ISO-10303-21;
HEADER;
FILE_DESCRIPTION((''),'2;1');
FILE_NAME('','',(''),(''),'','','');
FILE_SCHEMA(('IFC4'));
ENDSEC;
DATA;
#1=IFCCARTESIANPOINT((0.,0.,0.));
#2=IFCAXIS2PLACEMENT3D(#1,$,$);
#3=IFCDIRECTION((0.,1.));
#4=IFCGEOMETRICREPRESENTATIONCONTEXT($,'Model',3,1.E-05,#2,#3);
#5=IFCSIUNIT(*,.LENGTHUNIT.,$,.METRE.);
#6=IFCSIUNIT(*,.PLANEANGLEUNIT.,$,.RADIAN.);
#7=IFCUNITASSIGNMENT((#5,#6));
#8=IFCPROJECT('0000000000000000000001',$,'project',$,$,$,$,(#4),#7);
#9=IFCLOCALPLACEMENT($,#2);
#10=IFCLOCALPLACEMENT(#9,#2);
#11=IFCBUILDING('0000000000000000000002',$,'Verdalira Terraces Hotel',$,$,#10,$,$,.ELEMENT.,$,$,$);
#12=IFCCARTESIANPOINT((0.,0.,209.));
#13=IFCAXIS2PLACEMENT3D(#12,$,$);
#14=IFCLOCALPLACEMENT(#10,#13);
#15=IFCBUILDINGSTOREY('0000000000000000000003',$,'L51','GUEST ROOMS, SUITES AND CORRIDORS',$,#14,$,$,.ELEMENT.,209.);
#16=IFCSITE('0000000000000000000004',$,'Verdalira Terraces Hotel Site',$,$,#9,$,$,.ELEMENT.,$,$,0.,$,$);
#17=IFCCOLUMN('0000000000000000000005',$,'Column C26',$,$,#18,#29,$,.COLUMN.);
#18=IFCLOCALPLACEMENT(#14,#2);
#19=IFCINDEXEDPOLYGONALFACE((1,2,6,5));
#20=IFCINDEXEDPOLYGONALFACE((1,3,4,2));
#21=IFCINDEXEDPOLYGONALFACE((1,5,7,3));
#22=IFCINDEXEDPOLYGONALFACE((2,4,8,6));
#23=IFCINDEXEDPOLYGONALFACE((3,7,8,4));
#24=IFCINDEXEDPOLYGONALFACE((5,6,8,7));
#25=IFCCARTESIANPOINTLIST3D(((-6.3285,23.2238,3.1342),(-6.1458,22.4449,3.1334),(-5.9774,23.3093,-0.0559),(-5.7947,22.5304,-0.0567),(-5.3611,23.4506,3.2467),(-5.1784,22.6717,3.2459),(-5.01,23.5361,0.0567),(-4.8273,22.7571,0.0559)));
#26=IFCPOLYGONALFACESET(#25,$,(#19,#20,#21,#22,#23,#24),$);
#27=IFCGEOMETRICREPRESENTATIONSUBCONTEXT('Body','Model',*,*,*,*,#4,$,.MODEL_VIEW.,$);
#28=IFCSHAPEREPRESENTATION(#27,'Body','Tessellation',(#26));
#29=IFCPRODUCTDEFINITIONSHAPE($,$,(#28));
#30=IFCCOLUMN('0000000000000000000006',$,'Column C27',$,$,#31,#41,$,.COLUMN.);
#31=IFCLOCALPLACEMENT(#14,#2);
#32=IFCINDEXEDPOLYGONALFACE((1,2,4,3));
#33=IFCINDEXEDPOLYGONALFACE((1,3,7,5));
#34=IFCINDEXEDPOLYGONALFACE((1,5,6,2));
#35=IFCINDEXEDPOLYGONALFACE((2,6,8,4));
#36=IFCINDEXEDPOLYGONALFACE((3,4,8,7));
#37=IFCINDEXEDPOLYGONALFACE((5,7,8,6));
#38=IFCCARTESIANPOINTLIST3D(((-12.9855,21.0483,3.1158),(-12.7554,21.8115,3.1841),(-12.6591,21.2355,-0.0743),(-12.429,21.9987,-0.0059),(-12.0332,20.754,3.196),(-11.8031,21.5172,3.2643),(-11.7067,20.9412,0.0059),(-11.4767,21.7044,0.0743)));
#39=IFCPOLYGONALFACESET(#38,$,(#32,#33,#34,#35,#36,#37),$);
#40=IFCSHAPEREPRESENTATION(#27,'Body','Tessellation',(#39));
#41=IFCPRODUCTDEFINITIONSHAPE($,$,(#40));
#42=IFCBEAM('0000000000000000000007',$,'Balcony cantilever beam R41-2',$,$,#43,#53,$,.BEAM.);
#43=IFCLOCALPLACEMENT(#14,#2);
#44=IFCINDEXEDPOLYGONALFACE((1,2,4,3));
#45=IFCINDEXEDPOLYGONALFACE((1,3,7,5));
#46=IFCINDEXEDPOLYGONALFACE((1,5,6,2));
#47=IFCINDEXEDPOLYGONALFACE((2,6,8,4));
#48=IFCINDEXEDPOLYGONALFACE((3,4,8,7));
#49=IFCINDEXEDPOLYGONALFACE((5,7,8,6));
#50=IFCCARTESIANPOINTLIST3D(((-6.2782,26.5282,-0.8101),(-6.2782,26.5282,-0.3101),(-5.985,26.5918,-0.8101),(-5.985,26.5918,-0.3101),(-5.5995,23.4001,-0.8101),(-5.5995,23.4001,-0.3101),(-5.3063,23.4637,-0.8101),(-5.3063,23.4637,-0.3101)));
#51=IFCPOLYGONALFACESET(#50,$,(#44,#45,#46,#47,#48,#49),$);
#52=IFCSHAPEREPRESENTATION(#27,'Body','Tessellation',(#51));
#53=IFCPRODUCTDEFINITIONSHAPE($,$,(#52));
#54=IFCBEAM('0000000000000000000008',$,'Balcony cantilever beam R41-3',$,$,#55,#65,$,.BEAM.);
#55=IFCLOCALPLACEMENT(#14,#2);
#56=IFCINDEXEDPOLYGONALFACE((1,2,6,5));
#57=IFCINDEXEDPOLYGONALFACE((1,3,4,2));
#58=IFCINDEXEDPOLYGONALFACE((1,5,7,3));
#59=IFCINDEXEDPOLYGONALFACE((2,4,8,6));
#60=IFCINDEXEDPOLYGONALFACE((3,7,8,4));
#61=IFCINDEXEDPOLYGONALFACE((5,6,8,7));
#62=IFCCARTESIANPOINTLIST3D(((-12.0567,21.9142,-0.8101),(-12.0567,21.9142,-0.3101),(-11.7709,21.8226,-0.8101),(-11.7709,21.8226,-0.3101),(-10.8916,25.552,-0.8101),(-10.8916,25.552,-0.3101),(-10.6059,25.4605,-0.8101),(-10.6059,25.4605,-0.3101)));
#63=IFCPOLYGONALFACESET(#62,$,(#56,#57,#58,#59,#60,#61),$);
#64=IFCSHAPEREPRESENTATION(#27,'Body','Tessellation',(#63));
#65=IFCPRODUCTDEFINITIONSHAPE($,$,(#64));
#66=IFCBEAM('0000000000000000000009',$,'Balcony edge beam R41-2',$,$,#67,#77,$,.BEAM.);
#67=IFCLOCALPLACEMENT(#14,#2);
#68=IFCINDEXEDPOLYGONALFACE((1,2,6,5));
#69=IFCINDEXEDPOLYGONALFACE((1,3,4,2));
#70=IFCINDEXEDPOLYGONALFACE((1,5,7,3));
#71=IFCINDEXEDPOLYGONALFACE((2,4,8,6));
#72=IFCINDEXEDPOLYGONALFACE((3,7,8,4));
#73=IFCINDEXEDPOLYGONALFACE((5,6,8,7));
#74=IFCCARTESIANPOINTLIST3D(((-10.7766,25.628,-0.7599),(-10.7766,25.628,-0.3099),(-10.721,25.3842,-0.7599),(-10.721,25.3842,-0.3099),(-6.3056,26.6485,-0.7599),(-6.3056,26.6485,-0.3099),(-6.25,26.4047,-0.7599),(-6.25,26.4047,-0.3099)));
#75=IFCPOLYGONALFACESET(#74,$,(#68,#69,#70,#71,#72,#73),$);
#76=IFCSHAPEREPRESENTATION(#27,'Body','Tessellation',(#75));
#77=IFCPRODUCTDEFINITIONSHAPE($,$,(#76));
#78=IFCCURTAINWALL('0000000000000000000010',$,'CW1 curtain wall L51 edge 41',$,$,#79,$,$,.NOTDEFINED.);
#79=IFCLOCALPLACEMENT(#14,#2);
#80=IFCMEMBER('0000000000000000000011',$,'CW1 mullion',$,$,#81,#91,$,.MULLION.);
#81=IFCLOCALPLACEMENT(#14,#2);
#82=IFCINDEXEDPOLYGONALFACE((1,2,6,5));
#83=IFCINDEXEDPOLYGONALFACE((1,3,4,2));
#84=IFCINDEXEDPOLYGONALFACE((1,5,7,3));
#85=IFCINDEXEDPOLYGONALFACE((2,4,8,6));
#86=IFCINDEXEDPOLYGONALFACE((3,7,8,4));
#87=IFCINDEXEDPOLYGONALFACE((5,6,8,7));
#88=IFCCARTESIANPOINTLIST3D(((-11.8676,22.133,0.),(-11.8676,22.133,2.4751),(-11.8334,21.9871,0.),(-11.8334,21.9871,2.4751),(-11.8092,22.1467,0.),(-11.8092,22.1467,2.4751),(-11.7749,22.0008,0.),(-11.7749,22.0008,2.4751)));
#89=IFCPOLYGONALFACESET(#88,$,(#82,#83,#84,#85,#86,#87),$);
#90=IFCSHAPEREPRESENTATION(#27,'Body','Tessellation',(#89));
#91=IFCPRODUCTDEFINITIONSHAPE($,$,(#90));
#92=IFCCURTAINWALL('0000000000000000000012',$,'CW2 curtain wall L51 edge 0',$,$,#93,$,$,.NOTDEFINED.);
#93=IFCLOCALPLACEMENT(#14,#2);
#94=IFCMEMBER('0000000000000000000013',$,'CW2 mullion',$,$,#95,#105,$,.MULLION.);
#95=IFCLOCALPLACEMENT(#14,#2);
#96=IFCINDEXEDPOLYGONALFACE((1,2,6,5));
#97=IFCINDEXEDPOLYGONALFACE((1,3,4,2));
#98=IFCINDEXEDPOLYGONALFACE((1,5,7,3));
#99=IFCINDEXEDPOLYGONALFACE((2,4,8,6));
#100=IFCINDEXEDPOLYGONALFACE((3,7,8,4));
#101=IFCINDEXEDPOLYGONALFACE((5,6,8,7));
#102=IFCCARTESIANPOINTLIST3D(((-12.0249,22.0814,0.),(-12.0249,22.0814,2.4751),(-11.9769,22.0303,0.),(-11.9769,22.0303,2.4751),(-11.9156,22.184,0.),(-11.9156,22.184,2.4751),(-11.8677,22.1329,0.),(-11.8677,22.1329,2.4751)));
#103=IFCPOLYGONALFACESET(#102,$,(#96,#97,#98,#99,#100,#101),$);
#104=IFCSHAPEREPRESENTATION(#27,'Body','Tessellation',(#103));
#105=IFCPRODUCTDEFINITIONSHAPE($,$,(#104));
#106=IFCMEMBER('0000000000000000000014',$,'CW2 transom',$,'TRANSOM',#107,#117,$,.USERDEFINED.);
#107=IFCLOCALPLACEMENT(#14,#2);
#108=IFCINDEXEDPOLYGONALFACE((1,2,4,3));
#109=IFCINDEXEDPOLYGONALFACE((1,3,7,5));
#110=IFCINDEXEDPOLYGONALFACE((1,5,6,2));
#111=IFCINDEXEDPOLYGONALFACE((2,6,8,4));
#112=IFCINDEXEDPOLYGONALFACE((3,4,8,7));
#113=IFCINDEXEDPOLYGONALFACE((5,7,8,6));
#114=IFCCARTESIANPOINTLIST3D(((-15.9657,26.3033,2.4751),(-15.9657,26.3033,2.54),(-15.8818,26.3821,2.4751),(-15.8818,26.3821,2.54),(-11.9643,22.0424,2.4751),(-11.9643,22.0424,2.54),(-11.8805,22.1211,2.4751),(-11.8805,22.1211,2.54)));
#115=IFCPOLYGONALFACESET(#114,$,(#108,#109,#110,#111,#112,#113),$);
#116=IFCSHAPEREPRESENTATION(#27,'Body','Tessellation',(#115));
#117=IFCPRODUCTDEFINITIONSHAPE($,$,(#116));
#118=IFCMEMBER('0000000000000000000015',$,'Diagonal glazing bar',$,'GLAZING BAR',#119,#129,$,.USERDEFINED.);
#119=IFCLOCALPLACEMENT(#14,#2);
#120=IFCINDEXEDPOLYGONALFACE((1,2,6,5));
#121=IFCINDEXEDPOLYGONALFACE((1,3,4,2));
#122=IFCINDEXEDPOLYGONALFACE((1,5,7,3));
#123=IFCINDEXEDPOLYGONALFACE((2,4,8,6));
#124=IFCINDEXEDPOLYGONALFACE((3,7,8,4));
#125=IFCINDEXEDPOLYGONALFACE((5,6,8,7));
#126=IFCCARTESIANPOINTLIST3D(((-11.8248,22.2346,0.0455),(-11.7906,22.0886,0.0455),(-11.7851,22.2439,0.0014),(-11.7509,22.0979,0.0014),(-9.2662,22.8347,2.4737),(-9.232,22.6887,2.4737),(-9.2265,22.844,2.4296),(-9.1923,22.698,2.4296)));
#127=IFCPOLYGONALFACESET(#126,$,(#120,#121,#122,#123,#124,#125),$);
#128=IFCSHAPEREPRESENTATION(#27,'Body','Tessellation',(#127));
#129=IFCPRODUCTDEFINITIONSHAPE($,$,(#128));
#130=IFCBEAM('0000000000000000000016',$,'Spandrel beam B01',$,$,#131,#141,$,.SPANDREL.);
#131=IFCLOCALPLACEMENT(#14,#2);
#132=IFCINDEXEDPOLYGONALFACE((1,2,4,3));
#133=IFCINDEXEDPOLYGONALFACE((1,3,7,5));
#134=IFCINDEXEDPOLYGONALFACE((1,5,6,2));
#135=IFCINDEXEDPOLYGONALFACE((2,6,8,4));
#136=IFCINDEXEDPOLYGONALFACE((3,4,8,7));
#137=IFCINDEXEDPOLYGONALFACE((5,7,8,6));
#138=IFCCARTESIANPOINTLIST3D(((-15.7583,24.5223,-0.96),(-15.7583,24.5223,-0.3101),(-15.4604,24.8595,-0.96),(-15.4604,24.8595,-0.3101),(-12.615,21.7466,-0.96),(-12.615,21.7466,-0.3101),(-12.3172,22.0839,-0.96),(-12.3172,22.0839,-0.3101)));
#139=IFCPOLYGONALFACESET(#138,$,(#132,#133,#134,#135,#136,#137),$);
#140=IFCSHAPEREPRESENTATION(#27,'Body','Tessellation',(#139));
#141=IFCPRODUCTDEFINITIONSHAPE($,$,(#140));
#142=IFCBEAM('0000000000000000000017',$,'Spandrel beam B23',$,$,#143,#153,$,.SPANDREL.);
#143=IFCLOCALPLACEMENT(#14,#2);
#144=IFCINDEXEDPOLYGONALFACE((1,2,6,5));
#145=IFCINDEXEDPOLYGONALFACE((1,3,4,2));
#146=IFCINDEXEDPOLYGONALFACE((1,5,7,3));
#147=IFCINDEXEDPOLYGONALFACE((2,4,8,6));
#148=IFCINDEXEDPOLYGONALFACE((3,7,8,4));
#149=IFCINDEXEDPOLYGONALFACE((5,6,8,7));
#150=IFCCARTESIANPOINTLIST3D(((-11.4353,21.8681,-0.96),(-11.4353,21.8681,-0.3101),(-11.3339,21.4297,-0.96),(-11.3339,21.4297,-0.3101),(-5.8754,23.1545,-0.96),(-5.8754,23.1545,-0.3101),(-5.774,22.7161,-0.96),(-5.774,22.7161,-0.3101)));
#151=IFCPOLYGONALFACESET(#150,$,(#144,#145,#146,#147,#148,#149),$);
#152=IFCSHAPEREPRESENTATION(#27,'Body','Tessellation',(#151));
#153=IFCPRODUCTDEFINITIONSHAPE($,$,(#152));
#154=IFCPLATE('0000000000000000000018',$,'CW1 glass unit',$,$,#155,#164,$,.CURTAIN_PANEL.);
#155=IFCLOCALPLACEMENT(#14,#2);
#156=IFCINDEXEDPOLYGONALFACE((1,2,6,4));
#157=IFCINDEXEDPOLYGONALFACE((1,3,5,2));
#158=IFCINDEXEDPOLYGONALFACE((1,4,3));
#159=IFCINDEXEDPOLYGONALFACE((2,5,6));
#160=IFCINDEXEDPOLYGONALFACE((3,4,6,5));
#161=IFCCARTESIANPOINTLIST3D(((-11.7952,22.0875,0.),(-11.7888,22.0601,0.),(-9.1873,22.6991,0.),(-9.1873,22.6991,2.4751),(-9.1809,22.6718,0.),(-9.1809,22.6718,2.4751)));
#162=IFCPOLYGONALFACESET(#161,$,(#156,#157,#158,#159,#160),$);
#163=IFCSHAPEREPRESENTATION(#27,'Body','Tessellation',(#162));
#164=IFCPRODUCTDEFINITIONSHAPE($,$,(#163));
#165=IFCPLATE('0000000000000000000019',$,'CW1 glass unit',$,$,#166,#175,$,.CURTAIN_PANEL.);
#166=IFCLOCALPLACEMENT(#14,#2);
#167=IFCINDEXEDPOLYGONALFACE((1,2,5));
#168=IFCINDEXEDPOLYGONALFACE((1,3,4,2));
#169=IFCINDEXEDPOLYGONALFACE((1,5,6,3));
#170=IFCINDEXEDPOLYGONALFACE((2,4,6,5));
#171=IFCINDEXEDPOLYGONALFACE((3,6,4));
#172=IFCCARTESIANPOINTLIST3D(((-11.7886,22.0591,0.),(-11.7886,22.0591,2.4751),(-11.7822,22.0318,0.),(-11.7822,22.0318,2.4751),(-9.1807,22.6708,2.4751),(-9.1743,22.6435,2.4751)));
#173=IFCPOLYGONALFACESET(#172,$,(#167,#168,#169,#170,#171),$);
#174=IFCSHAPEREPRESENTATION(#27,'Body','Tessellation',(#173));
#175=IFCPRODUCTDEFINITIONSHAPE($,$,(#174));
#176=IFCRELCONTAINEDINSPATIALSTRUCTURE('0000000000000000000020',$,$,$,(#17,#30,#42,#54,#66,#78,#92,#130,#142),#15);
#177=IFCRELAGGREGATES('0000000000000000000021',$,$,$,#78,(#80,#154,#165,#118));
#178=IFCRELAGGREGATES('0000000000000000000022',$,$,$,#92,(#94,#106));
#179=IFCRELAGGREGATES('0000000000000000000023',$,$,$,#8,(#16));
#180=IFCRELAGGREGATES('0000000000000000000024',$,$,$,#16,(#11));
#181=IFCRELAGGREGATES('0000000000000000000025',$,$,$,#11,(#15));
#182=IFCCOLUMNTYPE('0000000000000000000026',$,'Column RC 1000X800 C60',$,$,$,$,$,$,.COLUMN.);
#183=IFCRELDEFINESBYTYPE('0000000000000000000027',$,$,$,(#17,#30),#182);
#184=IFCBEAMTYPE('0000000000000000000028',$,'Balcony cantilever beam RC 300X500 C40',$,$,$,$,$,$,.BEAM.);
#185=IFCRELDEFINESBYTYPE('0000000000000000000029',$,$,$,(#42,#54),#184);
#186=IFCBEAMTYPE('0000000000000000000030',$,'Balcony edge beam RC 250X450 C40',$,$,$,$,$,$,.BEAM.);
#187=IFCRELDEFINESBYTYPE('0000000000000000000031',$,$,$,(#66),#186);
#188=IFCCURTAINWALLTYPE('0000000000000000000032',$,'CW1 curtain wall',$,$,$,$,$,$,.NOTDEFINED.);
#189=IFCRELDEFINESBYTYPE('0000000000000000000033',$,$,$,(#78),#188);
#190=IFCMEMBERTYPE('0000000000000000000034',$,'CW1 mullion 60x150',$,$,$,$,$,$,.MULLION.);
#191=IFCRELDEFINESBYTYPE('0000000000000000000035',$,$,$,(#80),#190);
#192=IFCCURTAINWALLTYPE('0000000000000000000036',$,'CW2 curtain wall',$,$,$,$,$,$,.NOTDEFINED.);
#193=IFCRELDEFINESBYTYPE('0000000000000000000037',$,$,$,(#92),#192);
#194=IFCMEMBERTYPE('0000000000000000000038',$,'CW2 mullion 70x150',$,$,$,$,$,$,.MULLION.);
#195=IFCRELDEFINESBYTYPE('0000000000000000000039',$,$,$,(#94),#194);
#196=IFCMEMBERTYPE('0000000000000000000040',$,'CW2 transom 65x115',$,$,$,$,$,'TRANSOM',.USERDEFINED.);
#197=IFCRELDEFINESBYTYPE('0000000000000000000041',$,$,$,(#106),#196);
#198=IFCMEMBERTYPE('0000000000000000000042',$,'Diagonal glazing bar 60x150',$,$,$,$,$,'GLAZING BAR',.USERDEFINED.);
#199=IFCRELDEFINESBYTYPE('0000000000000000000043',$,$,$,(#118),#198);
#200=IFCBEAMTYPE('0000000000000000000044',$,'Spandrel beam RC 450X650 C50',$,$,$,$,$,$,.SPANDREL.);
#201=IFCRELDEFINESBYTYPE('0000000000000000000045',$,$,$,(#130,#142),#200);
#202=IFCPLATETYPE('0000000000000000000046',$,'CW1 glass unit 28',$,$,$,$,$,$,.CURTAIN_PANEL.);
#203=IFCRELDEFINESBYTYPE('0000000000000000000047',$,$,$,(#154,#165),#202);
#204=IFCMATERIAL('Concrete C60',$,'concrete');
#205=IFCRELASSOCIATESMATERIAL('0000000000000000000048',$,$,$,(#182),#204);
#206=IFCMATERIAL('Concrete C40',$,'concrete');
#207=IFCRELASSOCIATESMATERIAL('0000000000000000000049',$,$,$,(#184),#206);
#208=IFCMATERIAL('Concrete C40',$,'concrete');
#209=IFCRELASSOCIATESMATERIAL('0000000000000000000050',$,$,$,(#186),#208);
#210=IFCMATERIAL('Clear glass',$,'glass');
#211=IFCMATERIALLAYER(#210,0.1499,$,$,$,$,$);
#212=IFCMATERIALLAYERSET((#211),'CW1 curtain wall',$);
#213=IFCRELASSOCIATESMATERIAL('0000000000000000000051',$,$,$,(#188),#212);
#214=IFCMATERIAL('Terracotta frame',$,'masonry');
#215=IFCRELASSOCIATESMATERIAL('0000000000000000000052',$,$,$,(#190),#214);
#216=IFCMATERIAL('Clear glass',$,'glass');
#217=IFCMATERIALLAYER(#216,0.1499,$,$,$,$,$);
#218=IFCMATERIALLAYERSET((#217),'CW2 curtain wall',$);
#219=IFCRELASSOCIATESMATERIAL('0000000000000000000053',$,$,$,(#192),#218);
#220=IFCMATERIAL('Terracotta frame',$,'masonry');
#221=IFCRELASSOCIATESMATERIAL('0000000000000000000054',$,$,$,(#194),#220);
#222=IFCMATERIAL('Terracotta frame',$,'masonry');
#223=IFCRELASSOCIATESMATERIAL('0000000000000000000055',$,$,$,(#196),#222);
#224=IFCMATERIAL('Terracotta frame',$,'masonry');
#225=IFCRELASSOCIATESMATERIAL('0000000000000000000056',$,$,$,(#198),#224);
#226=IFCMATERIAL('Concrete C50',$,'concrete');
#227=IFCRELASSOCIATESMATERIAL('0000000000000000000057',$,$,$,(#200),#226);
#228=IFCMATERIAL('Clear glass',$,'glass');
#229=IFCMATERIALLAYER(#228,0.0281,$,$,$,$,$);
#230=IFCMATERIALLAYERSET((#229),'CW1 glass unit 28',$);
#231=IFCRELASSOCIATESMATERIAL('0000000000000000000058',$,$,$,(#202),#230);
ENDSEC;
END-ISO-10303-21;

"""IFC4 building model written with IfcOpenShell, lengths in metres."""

from ifc_helpers import new_model, si_unit, direction, frame, origin, origin_2d, place, context, subcontext, project, spatial, polyline, rectangle, outline, extrude, material, layer, layer_set, material_profile, profile_set, type_object, element, aggregate, save


model = new_model("IFC4")

# Units and contexts
model_context = context("Model", 3, precision=1e-05, world=origin(), true_north=direction((0.0, 1.0)))
body_context = subcontext(model_context, "Body", "Model", "MODEL_VIEW")
ifc_project = project(units=[si_unit("LENGTHUNIT", "METRE"), si_unit("PLANEANGLEUNIT", "RADIAN")], contexts=[model_context])

# Site, building, storey
site_placement = place(None, origin())
site = spatial("IfcSite", under=ifc_project, at=site_placement, Name="Verdalira Terraces Hotel Site", CompositionType="ELEMENT", RefElevation=0.0)
building_placement = place(site_placement, origin())
building = spatial("IfcBuilding", under=site, at=building_placement, Name="Verdalira Terraces Hotel", CompositionType="ELEMENT")
storey_placement = place(building_placement, frame((0.0, 0.0, 209.0)))
storey = spatial("IfcBuildingStorey", under=building, at=storey_placement, Name="L51", Description="GUEST ROOMS, SUITES AND CORRIDORS", CompositionType="ELEMENT", Elevation=209.0)

# Columns
ifc_material_1 = material(Name="Concrete C60", Category="concrete")
ifc_material_profile_1 = material_profile(ifc_material_1, rectangle(XDim=1.0, YDim=0.8, at=origin_2d()), Name="RC 1000X800")
ifc_profile_set_1 = profile_set([ifc_material_profile_1], Name="Concrete C60")
column_type = type_object("IfcColumnType", Name="Column RC 1000X800 C60", PredefinedType="COLUMN", material=ifc_profile_set_1)
column_1_placement = place(storey_placement, frame((-5.4023, 23.0332, 0.0), z_axis=(-0.109357, -0.026617, 0.993646), x_axis=(-0.96742, -0.226786, -0.112546)))
element("IfcColumn", 1, at=column_1_placement, inside=storey, type_object=column_type, Name="Column C26", PredefinedType="COLUMN", context=body_context, shape_type="SweptSolid", body=[
    extrude(rectangle(XDim=1.0, YDim=0.8, at=origin_2d()), origin(), (0.0, 0.0, 1.0), 3.2104),
])
column_2_placement = place(storey_placement, frame((-12.0679, 21.47, 0.0), z_axis=(-0.101622, -0.058298, 0.993113), x_axis=(0.952342, -0.294306, 0.080174)))
element("IfcColumn", 2, at=column_2_placement, inside=storey, type_object=column_type, Name="Column C27", PredefinedType="COLUMN", context=body_context, shape_type="SweptSolid", body=[
    extrude(rectangle(XDim=1.0, YDim=0.8, at=origin_2d()), origin(), (0.0, 0.0, 1.0), 3.2122),
])

# Beams
ifc_material_2 = material(Name="Concrete C40", Category="concrete")
ifc_material_profile_2 = material_profile(ifc_material_2, rectangle(XDim=0.3, YDim=0.5, at=origin_2d()), Name="RC 300X500")
ifc_profile_set_2 = profile_set([ifc_material_profile_2], Name="Concrete C40")
beam_type_1 = type_object("IfcBeamType", Name="Balcony cantilever beam RC 300X500 C40", PredefinedType="BEAM", material=ifc_profile_set_2)
beam_1_placement = place(storey_placement, frame((-5.4529, 23.4319, -0.5601), z_axis=(-0.212034, 0.977262, 0.0), x_axis=(-0.977262, -0.212034, 0.0)))
element("IfcBeam", 3, at=beam_1_placement, inside=storey, type_object=beam_type_1, Name="Balcony cantilever beam R41-2", PredefinedType="BEAM", context=body_context, shape_type="SweptSolid", body=[
    extrude(rectangle(XDim=0.3, YDim=0.5, at=origin_2d()), origin(), (0.0, 0.0, 1.0), 3.2009),
])
beam_2_placement = place(storey_placement, frame((-11.9138, 21.8684, -0.5601), z_axis=(0.305008, 0.95235, 0.0), x_axis=(-0.95235, 0.305008, 0.0)))
element("IfcBeam", 4, at=beam_2_placement, inside=storey, type_object=beam_type_1, Name="Balcony cantilever beam R41-3", PredefinedType="BEAM", context=body_context, shape_type="SweptSolid", body=[
    extrude(rectangle(XDim=0.3, YDim=0.5, at=origin_2d()), origin(), (0.0, 0.0, 1.0), 3.8198),
])
ifc_material_3 = material(Name="Concrete C40", Category="concrete")
ifc_material_profile_3 = material_profile(ifc_material_3, rectangle(XDim=0.25, YDim=0.45, at=origin_2d()), Name="RC 250X450")
ifc_profile_set_3 = profile_set([ifc_material_profile_3], Name="Concrete C40")
beam_type_2 = type_object("IfcBeamType", Name="Balcony edge beam RC 250X450 C40", PredefinedType="BEAM", material=ifc_profile_set_3)
beam_3_placement = place(storey_placement, frame((-6.2778, 26.5266, -0.5349), z_axis=(-0.974926, -0.22253, 0.0), x_axis=(0.22253, -0.974926, 0.0)))
element("IfcBeam", 5, at=beam_3_placement, inside=storey, type_object=beam_type_2, Name="Balcony edge beam R41-2", PredefinedType="BEAM", context=body_context, shape_type="SweptSolid", body=[
    extrude(rectangle(XDim=0.25, YDim=0.45, at=origin_2d()), origin(), (0.0, 0.0, 1.0), 4.5859),
])

# Curtain wall, member
ifc_material_4 = material(Name="Clear glass", Category="glass")
ifc_layer_1 = layer(ifc_material_4, 0.1499)
ifc_layer_set_1 = layer_set([ifc_layer_1], Name="CW1 curtain wall")
curtain_wall_type_1 = type_object("IfcCurtainWallType", Name="CW1 curtain wall", PredefinedType="NOTDEFINED", material=ifc_layer_set_1)
curtain_wall_1_placement = place(storey_placement, origin())
curtain_wall_1 = element("IfcCurtainWall", 6, at=curtain_wall_1_placement, inside=storey, type_object=curtain_wall_type_1, Name="CW1 curtain wall L51 edge 41", PredefinedType="NOTDEFINED")
ifc_material_5 = material(Name="Terracotta frame", Category="masonry")
ifc_material_profile_4 = material_profile(ifc_material_5, rectangle(XDim=0.0601, YDim=0.1499, at=origin_2d()), Name="MU 60x150")
ifc_profile_set_4 = profile_set([ifc_material_profile_4], Name="Terracotta frame")
member_type_1 = type_object("IfcMemberType", Name="CW1 mullion 60x150", PredefinedType="MULLION", material=ifc_profile_set_4)
member_1_placement = place(storey_placement, frame((-11.8213, 22.0669, 0.0), z_axis=(0.0, 0.0, 1.0), x_axis=(-0.973579, -0.228351, 0.0)))
member_1 = element("IfcMember", 7, at=member_1_placement, type_object=member_type_1, Name="CW1 mullion", PredefinedType="MULLION", context=body_context, shape_type="SweptSolid", body=[
    extrude(rectangle(XDim=0.0601, YDim=0.1499, at=origin_2d()), origin(), (0.0, 0.0, 1.0), 2.4751),
])

# Curtain wall, members
ifc_material_6 = material(Name="Clear glass", Category="glass")
ifc_layer_2 = layer(ifc_material_6, 0.1499)
ifc_layer_set_2 = layer_set([ifc_layer_2], Name="CW2 curtain wall")
curtain_wall_type_2 = type_object("IfcCurtainWallType", Name="CW2 curtain wall", PredefinedType="NOTDEFINED", material=ifc_layer_set_2)
curtain_wall_2_placement = place(storey_placement, origin())
curtain_wall_2 = element("IfcCurtainWall", 8, at=curtain_wall_2_placement, inside=storey, type_object=curtain_wall_type_2, Name="CW2 curtain wall L51 edge 0", PredefinedType="NOTDEFINED")
ifc_material_7 = material(Name="Terracotta frame", Category="masonry")
ifc_material_profile_5 = material_profile(ifc_material_7, rectangle(XDim=0.0701, YDim=0.1499, at=origin_2d()), Name="MU 70x150")
ifc_profile_set_5 = profile_set([ifc_material_profile_5], Name="Terracotta frame")
member_type_2 = type_object("IfcMemberType", Name="CW2 mullion 70x150", PredefinedType="MULLION", material=ifc_profile_set_5)
member_2_placement = place(storey_placement, frame((-11.9463, 22.1072, 0.0), z_axis=(0.0, 0.0, 1.0), x_axis=(-0.684547, 0.728969, 0.0)))
member_2 = element("IfcMember", 9, at=member_2_placement, type_object=member_type_2, Name="CW2 mullion", PredefinedType="MULLION", context=body_context, shape_type="SweptSolid", body=[
    extrude(rectangle(XDim=0.0701, YDim=0.1499, at=origin_2d()), origin(), (0.0, 0.0, 1.0), 2.4751),
])
ifc_material_8 = material(Name="Terracotta frame", Category="masonry")
ifc_material_profile_6 = material_profile(ifc_material_8, rectangle(XDim=0.115, YDim=0.0649, at=origin_2d()), Name="TR 65x115")
ifc_profile_set_6 = profile_set([ifc_material_profile_6], Name="Terracotta frame")
member_type_3 = type_object("IfcMemberType", Name="CW2 transom 65x115", ElementType="TRANSOM", PredefinedType="USERDEFINED", material=ifc_profile_set_6)
member_3_placement = place(storey_placement, frame((-11.9224, 22.0818, 2.5076), z_axis=(-0.684559, 0.728957, 0.0), x_axis=(-0.728957, -0.684559, 0.0)))
member_3 = element("IfcMember", 10, at=member_3_placement, type_object=member_type_3, Name="CW2 transom", ObjectType="TRANSOM", PredefinedType="USERDEFINED", context=body_context, shape_type="SweptSolid", body=[
    extrude(rectangle(XDim=0.115, YDim=0.0649, at=origin_2d()), origin(), (0.0, 0.0, 1.0), 5.8452),
])

# Member
ifc_material_9 = material(Name="Terracotta frame", Category="masonry")
ifc_material_profile_7 = material_profile(ifc_material_9, rectangle(XDim=0.1499, YDim=0.0601, at=origin_2d()), Name="GB 60x150")
ifc_profile_set_7 = profile_set([ifc_material_profile_7], Name="Terracotta frame")
member_type_4 = type_object("IfcMemberType", Name="Diagonal glazing bar 60x150", ElementType="GLAZING BAR", PredefinedType="USERDEFINED", material=ifc_profile_set_7)
member_4_placement = place(storey_placement, frame((-9.2292, 22.7664, 2.4517), z_axis=(-0.715071, -0.167714, -0.678635), x_axis=(0.228345, -0.97358, 0.0)))
member_4 = element("IfcMember", 11, at=member_4_placement, type_object=member_type_4, Name="Diagonal glazing bar", ObjectType="GLAZING BAR", PredefinedType="USERDEFINED", context=body_context, shape_type="SweptSolid", body=[
    extrude(rectangle(XDim=0.1499, YDim=0.0601, at=origin_2d()), origin(), (0.0, 0.0, 1.0), 3.5781),
])

# Beams
ifc_material_10 = material(Name="Concrete C50", Category="concrete")
ifc_material_profile_8 = material_profile(ifc_material_10, rectangle(XDim=0.45, YDim=0.6499, at=origin_2d()), Name="RC 450X650")
ifc_profile_set_8 = profile_set([ifc_material_profile_8], Name="Concrete C50")
beam_type_3 = type_object("IfcBeamType", Name="Spandrel beam RC 450X650 C50", PredefinedType="SPANDREL", material=ifc_profile_set_8)
beam_4_placement = place(storey_placement, frame((-12.4661, 21.9153, -0.635), z_axis=(-0.749586, 0.661907, 0.0), x_axis=(-0.661907, -0.749586, 0.0)))
element("IfcBeam", 12, at=beam_4_placement, inside=storey, type_object=beam_type_3, Name="Spandrel beam B01", PredefinedType="SPANDREL", context=body_context, shape_type="SweptSolid", body=[
    extrude(rectangle(XDim=0.45, YDim=0.6499, at=origin_2d()), origin(), (0.0, 0.0, 1.0), 4.1934),
])
beam_5_placement = place(storey_placement, frame((-5.8247, 22.9353, -0.635), z_axis=(-0.974263, -0.225416, 0.0), x_axis=(0.225416, -0.974263, 0.0)))
element("IfcBeam", 13, at=beam_5_placement, inside=storey, type_object=beam_type_3, Name="Spandrel beam B23", PredefinedType="SPANDREL", context=body_context, shape_type="SweptSolid", body=[
    extrude(rectangle(XDim=0.45, YDim=0.6499, at=origin_2d()), origin(), (0.0, 0.0, 1.0), 5.7068),
])

# Plates
ifc_material_11 = material(Name="Clear glass", Category="glass")
ifc_layer_3 = layer(ifc_material_11, 0.0281)
ifc_layer_set_3 = layer_set([ifc_layer_3], Name="CW1 glass unit 28")
plate_type_1 = type_object("IfcPlateType", Name="CW1 glass unit 28", PredefinedType="CURTAIN_PANEL", material=ifc_layer_set_3)
plate_1_placement = place(storey_placement, frame((-10.4849, 22.366, 1.2375), z_axis=(-0.228351, 0.973579, 0.0), x_axis=(-0.973579, -0.228351, 0.0)))
plate_1 = element("IfcPlate", 14, at=plate_1_placement, type_object=plate_type_1, Name="CW1 glass unit", PredefinedType="CURTAIN_PANEL", context=body_context, shape_type="SweptSolid", body=[
    extrude(outline(polyline([(-1.3394, -1.2375), (1.3394, -1.2375), (-1.3394, 1.2375), (-1.3394, -1.2375)])), origin(), (0.0, 0.0, 1.0), 0.0281),
])
plate_2_placement = place(storey_placement, frame((-10.4783, 22.3376, 1.2375), z_axis=(-0.228351, 0.973579, 0.0), x_axis=(-0.973579, -0.228351, 0.0)))
plate_2 = element("IfcPlate", 15, at=plate_2_placement, type_object=plate_type_1, Name="CW1 glass unit", PredefinedType="CURTAIN_PANEL", context=body_context, shape_type="SweptSolid", body=[
    extrude(outline(polyline([(1.3394, -1.2375), (1.3394, 1.2375), (-1.3394, 1.2375), (1.3394, -1.2375)])), origin(), (0.0, 0.0, 1.0), 0.0281),
])
aggregate(curtain_wall_1, [member_1, plate_1, plate_2, member_4])
aggregate(curtain_wall_2, [member_2, member_3])

save(model, "model.ifc")
